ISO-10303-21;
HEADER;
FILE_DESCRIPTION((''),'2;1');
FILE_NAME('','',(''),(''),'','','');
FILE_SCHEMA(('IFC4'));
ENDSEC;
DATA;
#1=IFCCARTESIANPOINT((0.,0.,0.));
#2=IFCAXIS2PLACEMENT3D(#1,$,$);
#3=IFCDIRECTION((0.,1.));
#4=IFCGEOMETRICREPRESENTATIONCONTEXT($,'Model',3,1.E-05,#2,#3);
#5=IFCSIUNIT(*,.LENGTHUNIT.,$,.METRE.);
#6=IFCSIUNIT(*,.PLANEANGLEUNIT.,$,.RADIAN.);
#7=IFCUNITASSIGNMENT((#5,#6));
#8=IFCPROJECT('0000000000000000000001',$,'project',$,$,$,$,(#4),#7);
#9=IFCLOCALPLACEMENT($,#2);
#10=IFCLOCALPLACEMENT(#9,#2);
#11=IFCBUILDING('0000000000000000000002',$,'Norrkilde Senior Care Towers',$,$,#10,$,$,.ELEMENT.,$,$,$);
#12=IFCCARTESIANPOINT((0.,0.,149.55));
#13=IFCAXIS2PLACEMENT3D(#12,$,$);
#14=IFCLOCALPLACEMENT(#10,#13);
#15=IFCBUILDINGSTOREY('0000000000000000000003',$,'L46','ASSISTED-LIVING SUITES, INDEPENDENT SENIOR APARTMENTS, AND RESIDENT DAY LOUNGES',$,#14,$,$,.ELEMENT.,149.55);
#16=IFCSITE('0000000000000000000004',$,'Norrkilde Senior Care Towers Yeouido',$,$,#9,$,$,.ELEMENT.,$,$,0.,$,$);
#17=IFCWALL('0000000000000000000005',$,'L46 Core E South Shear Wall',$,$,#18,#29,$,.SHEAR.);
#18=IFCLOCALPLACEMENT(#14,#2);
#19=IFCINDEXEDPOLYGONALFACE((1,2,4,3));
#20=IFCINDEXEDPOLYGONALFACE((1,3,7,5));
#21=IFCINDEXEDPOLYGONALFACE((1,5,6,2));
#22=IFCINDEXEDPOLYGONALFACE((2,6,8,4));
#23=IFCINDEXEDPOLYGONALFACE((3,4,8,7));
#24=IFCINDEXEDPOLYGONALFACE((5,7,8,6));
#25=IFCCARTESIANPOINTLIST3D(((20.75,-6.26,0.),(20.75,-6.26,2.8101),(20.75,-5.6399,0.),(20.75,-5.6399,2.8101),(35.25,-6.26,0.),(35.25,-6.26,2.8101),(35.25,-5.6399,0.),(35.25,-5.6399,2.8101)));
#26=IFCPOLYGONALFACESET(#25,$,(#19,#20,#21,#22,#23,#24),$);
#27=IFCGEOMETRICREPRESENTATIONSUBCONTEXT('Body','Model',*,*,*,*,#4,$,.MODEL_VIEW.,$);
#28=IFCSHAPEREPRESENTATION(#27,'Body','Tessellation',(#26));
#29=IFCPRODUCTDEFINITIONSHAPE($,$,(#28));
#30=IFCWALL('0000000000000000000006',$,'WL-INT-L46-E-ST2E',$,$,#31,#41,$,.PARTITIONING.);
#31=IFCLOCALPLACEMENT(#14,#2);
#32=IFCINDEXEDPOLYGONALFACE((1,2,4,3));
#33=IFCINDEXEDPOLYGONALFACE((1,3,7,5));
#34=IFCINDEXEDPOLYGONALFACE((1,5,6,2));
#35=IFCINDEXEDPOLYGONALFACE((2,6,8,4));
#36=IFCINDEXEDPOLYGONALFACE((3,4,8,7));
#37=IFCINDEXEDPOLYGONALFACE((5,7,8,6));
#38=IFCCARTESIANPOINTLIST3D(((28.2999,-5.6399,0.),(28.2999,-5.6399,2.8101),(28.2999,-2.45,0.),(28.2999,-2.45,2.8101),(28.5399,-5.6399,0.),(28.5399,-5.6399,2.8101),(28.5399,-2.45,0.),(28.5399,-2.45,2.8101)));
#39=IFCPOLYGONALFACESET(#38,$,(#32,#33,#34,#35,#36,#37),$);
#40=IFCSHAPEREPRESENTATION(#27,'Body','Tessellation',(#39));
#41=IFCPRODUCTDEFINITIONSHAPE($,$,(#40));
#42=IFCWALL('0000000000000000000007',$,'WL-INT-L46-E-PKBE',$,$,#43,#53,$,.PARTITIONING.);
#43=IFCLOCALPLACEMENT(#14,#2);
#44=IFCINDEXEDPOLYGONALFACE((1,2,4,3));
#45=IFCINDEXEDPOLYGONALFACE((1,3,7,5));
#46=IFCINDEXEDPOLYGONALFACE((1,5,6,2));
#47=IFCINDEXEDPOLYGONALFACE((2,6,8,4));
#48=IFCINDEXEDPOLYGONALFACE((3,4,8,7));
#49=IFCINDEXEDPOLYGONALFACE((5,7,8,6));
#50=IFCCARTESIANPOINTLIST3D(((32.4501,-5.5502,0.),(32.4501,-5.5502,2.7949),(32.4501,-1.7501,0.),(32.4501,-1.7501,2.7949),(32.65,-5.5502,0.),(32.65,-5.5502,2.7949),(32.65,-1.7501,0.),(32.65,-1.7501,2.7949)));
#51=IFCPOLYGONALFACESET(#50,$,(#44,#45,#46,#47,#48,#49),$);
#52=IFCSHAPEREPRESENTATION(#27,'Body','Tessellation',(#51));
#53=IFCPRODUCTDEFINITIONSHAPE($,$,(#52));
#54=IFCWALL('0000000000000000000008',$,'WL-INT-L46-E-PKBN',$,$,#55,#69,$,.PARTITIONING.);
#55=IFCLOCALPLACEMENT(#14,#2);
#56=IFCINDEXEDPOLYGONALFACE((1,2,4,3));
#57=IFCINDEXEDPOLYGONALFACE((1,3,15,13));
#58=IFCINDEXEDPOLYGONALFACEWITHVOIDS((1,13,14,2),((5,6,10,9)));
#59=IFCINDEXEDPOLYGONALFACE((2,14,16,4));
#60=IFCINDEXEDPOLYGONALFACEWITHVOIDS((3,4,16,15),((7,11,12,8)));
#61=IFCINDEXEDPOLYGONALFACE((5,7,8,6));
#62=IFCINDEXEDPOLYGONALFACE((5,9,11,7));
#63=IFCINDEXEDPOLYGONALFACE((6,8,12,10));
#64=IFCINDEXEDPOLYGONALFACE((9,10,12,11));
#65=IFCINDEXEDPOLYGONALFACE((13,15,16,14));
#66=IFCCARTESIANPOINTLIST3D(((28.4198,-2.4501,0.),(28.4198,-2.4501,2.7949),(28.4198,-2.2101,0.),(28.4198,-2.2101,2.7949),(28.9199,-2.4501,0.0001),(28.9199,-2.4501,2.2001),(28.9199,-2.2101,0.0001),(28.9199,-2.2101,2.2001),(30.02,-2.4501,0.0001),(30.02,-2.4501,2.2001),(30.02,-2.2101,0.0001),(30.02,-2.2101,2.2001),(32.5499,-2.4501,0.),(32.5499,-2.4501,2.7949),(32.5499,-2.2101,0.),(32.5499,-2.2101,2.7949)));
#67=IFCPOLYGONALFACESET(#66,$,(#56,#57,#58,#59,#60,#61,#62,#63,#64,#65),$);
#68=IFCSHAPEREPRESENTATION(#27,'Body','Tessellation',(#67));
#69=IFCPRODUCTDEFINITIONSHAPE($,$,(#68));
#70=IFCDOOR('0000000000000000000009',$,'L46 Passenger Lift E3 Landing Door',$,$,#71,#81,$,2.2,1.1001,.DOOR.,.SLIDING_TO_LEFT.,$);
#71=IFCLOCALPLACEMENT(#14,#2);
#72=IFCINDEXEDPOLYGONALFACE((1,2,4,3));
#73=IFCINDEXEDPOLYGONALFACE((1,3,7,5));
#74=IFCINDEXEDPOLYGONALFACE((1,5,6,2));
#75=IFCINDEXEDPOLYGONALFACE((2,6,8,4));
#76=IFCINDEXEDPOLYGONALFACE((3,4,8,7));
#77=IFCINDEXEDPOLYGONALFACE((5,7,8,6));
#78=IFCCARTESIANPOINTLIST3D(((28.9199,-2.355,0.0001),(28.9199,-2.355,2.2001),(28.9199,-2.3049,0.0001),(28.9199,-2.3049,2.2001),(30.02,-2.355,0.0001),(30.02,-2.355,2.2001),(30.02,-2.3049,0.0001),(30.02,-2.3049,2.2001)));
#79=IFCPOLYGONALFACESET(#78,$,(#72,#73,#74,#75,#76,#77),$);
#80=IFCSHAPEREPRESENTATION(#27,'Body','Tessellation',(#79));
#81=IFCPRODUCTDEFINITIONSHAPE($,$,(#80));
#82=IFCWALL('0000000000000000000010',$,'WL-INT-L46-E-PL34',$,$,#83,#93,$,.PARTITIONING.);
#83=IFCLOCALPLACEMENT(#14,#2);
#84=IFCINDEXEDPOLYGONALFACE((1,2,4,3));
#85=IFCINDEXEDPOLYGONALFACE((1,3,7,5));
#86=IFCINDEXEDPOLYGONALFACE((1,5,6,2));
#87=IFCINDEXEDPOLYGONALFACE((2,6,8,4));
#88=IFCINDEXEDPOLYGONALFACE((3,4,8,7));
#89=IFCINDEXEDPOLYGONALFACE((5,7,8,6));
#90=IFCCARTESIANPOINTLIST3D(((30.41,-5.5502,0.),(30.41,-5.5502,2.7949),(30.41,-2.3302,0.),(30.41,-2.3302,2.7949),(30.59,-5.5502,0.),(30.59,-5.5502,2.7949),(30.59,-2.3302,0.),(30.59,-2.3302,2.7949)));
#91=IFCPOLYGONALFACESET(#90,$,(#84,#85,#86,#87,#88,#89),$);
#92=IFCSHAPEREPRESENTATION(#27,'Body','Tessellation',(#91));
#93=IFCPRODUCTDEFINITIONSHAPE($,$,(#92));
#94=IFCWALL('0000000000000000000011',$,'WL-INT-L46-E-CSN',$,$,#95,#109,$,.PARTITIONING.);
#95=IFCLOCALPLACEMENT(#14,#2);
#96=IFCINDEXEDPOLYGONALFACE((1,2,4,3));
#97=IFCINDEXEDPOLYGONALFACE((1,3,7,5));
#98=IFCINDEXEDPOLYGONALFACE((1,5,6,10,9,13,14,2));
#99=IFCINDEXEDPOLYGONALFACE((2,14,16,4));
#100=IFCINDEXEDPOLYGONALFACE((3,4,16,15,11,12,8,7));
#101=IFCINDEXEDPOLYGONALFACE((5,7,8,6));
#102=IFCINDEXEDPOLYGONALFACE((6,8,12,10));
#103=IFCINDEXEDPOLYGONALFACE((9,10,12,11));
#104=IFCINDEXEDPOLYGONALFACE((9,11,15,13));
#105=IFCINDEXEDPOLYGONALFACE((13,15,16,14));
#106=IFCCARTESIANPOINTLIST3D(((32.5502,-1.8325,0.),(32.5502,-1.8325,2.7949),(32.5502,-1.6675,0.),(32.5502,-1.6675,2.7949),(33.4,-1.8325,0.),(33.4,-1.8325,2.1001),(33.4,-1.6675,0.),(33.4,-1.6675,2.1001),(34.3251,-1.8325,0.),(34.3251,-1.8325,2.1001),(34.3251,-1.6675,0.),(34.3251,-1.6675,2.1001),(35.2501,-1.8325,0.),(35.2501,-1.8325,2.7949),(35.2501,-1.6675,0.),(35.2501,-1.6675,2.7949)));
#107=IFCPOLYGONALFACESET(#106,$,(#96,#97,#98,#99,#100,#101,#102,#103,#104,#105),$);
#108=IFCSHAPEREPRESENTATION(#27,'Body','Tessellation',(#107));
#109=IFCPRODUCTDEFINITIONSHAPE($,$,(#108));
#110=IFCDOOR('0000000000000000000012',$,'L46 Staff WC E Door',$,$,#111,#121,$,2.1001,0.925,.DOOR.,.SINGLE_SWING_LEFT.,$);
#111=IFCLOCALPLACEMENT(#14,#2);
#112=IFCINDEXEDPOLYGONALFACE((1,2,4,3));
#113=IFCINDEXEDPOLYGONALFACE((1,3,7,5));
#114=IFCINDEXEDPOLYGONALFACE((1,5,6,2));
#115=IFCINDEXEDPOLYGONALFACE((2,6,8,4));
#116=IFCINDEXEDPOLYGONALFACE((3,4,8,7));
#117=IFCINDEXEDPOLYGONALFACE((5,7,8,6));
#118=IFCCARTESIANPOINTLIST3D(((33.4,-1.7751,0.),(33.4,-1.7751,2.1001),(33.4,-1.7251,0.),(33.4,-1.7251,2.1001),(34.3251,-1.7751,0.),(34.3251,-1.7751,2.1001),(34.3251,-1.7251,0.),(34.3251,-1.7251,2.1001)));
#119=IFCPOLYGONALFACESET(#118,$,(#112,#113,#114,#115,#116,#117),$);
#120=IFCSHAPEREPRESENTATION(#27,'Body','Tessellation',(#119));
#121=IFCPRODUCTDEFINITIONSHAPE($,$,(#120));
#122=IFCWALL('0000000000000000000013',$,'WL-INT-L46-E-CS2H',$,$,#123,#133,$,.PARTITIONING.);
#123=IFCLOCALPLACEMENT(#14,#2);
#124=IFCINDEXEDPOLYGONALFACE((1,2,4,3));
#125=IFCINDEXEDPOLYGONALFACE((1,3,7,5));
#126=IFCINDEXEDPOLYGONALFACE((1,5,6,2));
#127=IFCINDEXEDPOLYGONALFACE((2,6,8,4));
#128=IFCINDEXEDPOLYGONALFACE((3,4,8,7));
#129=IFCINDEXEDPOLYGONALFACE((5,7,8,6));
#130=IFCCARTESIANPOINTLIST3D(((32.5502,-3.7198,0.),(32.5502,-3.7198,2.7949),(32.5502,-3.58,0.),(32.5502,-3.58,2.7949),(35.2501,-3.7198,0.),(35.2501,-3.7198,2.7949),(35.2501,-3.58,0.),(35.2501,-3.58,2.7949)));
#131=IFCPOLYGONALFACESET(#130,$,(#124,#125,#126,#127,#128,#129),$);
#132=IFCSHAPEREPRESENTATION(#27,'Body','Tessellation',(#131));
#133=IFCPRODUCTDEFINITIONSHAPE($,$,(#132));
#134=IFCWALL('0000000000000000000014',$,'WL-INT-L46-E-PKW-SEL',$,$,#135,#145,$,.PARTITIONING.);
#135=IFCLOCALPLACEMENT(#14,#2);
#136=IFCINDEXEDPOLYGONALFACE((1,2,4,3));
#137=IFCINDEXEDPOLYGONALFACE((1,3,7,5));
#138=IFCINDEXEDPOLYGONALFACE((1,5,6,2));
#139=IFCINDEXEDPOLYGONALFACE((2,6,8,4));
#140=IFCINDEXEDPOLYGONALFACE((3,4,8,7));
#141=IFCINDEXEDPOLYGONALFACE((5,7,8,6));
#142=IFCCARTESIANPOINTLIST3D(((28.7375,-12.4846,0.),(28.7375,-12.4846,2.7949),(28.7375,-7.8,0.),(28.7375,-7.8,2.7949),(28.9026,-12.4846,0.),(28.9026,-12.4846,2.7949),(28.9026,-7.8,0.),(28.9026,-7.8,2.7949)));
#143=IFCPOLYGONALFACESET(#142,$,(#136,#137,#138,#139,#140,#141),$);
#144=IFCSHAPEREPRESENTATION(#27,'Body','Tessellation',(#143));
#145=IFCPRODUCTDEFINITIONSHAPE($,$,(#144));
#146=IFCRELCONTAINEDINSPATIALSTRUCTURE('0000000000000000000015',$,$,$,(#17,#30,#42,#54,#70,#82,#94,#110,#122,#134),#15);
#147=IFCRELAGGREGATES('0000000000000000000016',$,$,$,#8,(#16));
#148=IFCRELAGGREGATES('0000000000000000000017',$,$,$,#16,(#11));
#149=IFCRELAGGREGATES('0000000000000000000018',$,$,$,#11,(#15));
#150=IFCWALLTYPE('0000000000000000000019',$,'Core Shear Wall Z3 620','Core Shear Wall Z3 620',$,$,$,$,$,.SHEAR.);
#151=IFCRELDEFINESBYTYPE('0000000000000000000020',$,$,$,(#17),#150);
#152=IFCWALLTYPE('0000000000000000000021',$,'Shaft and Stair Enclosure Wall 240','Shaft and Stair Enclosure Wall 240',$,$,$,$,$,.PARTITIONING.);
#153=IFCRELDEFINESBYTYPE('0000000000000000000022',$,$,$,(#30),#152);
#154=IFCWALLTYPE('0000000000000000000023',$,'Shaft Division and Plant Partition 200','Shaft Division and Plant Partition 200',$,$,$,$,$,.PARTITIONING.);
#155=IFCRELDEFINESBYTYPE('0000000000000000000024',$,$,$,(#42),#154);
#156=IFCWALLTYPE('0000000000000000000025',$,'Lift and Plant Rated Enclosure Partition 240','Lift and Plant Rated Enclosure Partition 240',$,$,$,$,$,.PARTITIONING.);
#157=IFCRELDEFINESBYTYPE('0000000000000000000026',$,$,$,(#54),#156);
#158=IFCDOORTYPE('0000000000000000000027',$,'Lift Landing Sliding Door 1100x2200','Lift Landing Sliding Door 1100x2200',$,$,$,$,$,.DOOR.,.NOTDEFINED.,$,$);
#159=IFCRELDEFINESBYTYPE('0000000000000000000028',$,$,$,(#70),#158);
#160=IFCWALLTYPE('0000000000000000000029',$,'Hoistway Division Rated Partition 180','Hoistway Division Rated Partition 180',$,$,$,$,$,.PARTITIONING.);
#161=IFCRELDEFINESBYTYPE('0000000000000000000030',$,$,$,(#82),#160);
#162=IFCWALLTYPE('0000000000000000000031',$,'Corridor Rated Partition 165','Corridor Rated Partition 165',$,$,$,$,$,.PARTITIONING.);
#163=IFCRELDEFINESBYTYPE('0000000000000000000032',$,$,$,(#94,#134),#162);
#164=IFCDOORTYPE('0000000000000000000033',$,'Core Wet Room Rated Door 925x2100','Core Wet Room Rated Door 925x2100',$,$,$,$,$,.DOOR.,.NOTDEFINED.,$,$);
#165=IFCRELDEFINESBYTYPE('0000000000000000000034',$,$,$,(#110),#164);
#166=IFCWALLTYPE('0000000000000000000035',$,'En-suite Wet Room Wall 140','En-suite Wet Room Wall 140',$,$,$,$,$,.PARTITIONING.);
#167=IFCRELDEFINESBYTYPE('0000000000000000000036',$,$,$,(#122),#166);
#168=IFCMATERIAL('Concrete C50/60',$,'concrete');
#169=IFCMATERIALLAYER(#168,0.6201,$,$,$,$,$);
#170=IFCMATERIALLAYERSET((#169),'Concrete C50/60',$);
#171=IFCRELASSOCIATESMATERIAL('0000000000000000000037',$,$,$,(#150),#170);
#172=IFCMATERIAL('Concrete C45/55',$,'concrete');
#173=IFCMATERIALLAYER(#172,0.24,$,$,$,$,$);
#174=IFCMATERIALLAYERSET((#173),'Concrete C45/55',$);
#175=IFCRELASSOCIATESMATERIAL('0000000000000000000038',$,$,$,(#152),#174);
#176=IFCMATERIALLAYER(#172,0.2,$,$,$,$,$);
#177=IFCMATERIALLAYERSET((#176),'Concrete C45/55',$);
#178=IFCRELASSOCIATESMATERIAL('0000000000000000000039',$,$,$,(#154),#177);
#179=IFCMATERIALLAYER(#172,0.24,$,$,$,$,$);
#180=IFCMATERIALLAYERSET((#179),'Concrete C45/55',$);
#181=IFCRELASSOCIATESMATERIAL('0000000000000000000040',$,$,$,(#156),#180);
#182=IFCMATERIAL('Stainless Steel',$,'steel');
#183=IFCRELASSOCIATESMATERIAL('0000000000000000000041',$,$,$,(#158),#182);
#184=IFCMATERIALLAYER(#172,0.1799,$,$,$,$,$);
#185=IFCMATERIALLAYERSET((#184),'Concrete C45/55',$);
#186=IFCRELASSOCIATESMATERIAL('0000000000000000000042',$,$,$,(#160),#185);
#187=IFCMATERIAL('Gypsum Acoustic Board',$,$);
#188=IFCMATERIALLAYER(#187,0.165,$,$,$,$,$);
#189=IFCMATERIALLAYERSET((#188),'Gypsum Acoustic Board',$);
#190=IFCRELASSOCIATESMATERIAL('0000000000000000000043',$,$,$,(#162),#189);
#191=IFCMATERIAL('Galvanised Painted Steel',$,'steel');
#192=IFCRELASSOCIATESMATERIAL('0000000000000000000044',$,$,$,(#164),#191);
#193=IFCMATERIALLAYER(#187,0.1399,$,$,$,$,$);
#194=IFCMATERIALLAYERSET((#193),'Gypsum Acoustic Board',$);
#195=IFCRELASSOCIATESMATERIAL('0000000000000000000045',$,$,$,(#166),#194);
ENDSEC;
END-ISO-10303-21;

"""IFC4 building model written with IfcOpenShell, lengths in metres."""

from ifc_helpers import new_model, si_unit, direction, frame, frame_2d, origin, place, context, subcontext, project, spatial, rectangle, extrude, source, transform, mapped, material, layer, layer_set, type_object, type_shapes, element, fill, save


model = new_model("IFC4")

# Units and contexts
model_context = context("Model", 3, precision=1e-05, world=origin(), true_north=direction((0.0, 1.0)))
body_context = subcontext(model_context, "Body", "Model", "MODEL_VIEW")
ifc_project = project(units=[si_unit("LENGTHUNIT", "METRE"), si_unit("PLANEANGLEUNIT", "RADIAN")], contexts=[model_context])

# Site, building, storey
site_placement = place(None, origin())
site = spatial("IfcSite", under=ifc_project, at=site_placement, Name="Norrkilde Senior Care Towers Yeouido", CompositionType="ELEMENT", RefElevation=0.0)
building_placement = place(site_placement, origin())
building = spatial("IfcBuilding", under=site, at=building_placement, Name="Norrkilde Senior Care Towers", CompositionType="ELEMENT")
storey_placement = place(building_placement, frame((0.0, 0.0, 149.55)))
storey = spatial("IfcBuildingStorey", under=building, at=storey_placement, Name="L46", Description="ASSISTED-LIVING SUITES, INDEPENDENT SENIOR APARTMENTS, AND RESIDENT DAY LOUNGES", CompositionType="ELEMENT", Elevation=149.55)

# Shared definitions
ifc_material_1 = material(Name="Concrete C50/60", Category="concrete")

# Walls
ifc_layer_1 = layer(ifc_material_1, 0.6201)
ifc_layer_set_1 = layer_set([ifc_layer_1], Name="Concrete C50/60")
wall_type_1 = type_object("IfcWallType", Name="Core Shear Wall Z3 620", Description="Core Shear Wall Z3 620", PredefinedType="SHEAR", material=ifc_layer_set_1)
shared_shape_1 = source(origin(), body_context, "Body", "SweptSolid", [
    extrude(rectangle(XDim=14.5, YDim=0.6201, at=frame_2d((7.25, 0.0))), origin(), (0.0, 0.0, 1.0), 2.8101),
])
type_shapes(wall_type_1, [shared_shape_1])
wall_1_placement = place(storey_placement, frame((35.25, -5.95, 0.0), z_axis=(0.0, 0.0, 1.0), x_axis=(-1.0, 0.0, 0.0)))
element("IfcWall", 1, at=wall_1_placement, inside=storey, type_object=wall_type_1, Name="L46 Core E South Shear Wall", PredefinedType="SHEAR", context=body_context, shape_type="MappedRepresentation", body=[
    mapped(shared_shape_1, transform((0.0, 0.0, 0.0), x_axis=(1.0, 0.0, 0.0), y_axis=(0.0, 1.0, 0.0), z_axis=(0.0, 0.0, 1.0), scale=1.0)),
])
ifc_material_2 = material(Name="Concrete C45/55", Category="concrete")
ifc_layer_2 = layer(ifc_material_2, 0.24)
ifc_layer_set_2 = layer_set([ifc_layer_2], Name="Concrete C45/55")
wall_type_2 = type_object("IfcWallType", Name="Shaft and Stair Enclosure Wall 240", Description="Shaft and Stair Enclosure Wall 240", PredefinedType="PARTITIONING", material=ifc_layer_set_2)
shared_shape_2 = source(origin(), body_context, "Body", "SweptSolid", [
    extrude(rectangle(XDim=3.1899, YDim=0.24, at=frame_2d((1.595, 0.0))), origin(), (0.0, 0.0, 1.0), 2.8101),
])
type_shapes(wall_type_2, [shared_shape_2])
wall_2_placement = place(storey_placement, frame((28.4199, -5.6399, 0.0), z_axis=(0.0, 0.0, 1.0), x_axis=(0.0, 1.0, 0.0)))
element("IfcWall", 2, at=wall_2_placement, inside=storey, type_object=wall_type_2, Name="WL-INT-L46-E-ST2E", PredefinedType="PARTITIONING", context=body_context, shape_type="MappedRepresentation", body=[
    mapped(shared_shape_2, transform((0.0, 0.0, 0.0), x_axis=(1.0, 0.0, 0.0), y_axis=(0.0, 1.0, 0.0), z_axis=(0.0, 0.0, 1.0), scale=1.0)),
])
ifc_layer_3 = layer(ifc_material_2, 0.2)
ifc_layer_set_3 = layer_set([ifc_layer_3], Name="Concrete C45/55")
wall_type_3 = type_object("IfcWallType", Name="Shaft Division and Plant Partition 200", Description="Shaft Division and Plant Partition 200", PredefinedType="PARTITIONING", material=ifc_layer_set_3)
shared_shape_3 = source(origin(), body_context, "Body", "SweptSolid", [
    extrude(rectangle(XDim=3.8, YDim=0.2, at=frame_2d((1.8999, 0.0))), origin(), (0.0, 0.0, 1.0), 2.7949),
])
type_shapes(wall_type_3, [shared_shape_3])
wall_3_placement = place(storey_placement, frame((32.55, -5.55, 0.0), z_axis=(0.0, 0.0, 1.0), x_axis=(0.0, 1.0, 0.0)))
element("IfcWall", 3, at=wall_3_placement, inside=storey, type_object=wall_type_3, Name="WL-INT-L46-E-PKBE", PredefinedType="PARTITIONING", context=body_context, shape_type="MappedRepresentation", body=[
    mapped(shared_shape_3, transform((0.0, 0.0, 0.0), x_axis=(1.0, 0.0, 0.0), y_axis=(0.0, 1.0, 0.0), z_axis=(0.0, 0.0, 1.0), scale=1.0)),
])

# Wall, opening, door
ifc_layer_4 = layer(ifc_material_2, 0.24)
ifc_layer_set_4 = layer_set([ifc_layer_4], Name="Concrete C45/55")
wall_type_4 = type_object("IfcWallType", Name="Lift and Plant Rated Enclosure Partition 240", Description="Lift and Plant Rated Enclosure Partition 240", PredefinedType="PARTITIONING", material=ifc_layer_set_4)
shared_shape_4 = source(origin(), body_context, "Body", "SweptSolid", [
    extrude(rectangle(XDim=4.1301, YDim=0.24, at=frame_2d((2.0649, 0.0))), origin(), (0.0, 0.0, 1.0), 2.7949),
])
type_shapes(wall_type_4, [shared_shape_4])
wall_4_placement = place(storey_placement, frame((28.4199, -2.3301, 0.0), z_axis=(0.0, 0.0, 1.0), x_axis=(1.0, 0.0, 0.0)))
wall_4 = element("IfcWall", 4, at=wall_4_placement, inside=storey, type_object=wall_type_4, Name="WL-INT-L46-E-PKBN", PredefinedType="PARTITIONING", context=body_context, shape_type="MappedRepresentation", body=[
    mapped(shared_shape_4, transform((0.0, 0.0, 0.0), x_axis=(1.0, 0.0, 0.0), y_axis=(0.0, 1.0, 0.0), z_axis=(0.0, 0.0, 1.0), scale=1.0)),
])
opening_1_placement = place(wall_4_placement, frame((0.5, 0.0, 0.0)))
opening_1 = element("IfcOpeningElement", 5, at=opening_1_placement, cuts=wall_4, PredefinedType="OPENING", context=body_context, shape_type="SweptSolid", body=[
    extrude(rectangle(XDim=1.1001, YDim=2.2, at=frame_2d((0.55, 1.1001))), frame((0.0, 0.1299, 0.0), z_axis=(0.0, -1.0, 0.0), x_axis=(1.0, 0.0, 0.0)), (0.0, 0.0, 1.0), 0.26),
])
ifc_material_3 = material(Name="Stainless Steel", Category="steel")
door_type_1 = type_object("IfcDoorType", Name="Lift Landing Sliding Door 1100x2200", Description="Lift Landing Sliding Door 1100x2200", OperationType="NOTDEFINED", PredefinedType="DOOR", material=ifc_material_3)
shared_shape_5 = source(origin(), body_context, "Body", "SweptSolid", [
    extrude(rectangle(XDim=1.1001, YDim=2.2, at=frame_2d((0.55, 1.1001))), frame((0.0, 0.0249, 0.0), z_axis=(0.0, -1.0, 0.0), x_axis=(1.0, 0.0, 0.0)), (0.0, 0.0, 1.0), 0.05),
])
type_shapes(door_type_1, [shared_shape_5])
door_1_placement = place(opening_1_placement, frame((1.1001, 0.0, 0.0), z_axis=(0.0, 0.0, 1.0), x_axis=(-1.0, 0.0, 0.0)))
door_1 = element("IfcDoor", 6, at=door_1_placement, inside=storey, type_object=door_type_1, Name="L46 Passenger Lift E3 Landing Door", OperationType="SLIDING_TO_LEFT", OverallHeight=2.2, OverallWidth=1.1001, PredefinedType="DOOR", context=body_context, shape_type="MappedRepresentation", body=[
    mapped(shared_shape_5, transform((0.0, 0.0, 0.0), x_axis=(1.0, 0.0, 0.0), y_axis=(0.0, 1.0, 0.0), z_axis=(0.0, 0.0, 1.0), scale=1.0)),
])
fill(opening_1, door_1)

# Wall
ifc_layer_5 = layer(ifc_material_2, 0.1799)
ifc_layer_set_5 = layer_set([ifc_layer_5], Name="Concrete C45/55")
wall_type_5 = type_object("IfcWallType", Name="Hoistway Division Rated Partition 180", Description="Hoistway Division Rated Partition 180", PredefinedType="PARTITIONING", material=ifc_layer_set_5)
shared_shape_6 = source(origin(), body_context, "Body", "SweptSolid", [
    extrude(rectangle(XDim=3.22, YDim=0.1799, at=frame_2d((1.6099, 0.0))), origin(), (0.0, 0.0, 1.0), 2.7949),
])
type_shapes(wall_type_5, [shared_shape_6])
wall_5_placement = place(storey_placement, frame((30.5, -5.55, 0.0), z_axis=(0.0, 0.0, 1.0), x_axis=(0.0, 1.0, 0.0)))
element("IfcWall", 7, at=wall_5_placement, inside=storey, type_object=wall_type_5, Name="WL-INT-L46-E-PL34", PredefinedType="PARTITIONING", context=body_context, shape_type="MappedRepresentation", body=[
    mapped(shared_shape_6, transform((0.0, 0.0, 0.0), x_axis=(1.0, 0.0, 0.0), y_axis=(0.0, 1.0, 0.0), z_axis=(0.0, 0.0, 1.0), scale=1.0)),
])

# Wall, opening, door
ifc_material_4 = material(Name="Gypsum Acoustic Board")
ifc_layer_6 = layer(ifc_material_4, 0.165)
ifc_layer_set_6 = layer_set([ifc_layer_6], Name="Gypsum Acoustic Board")
wall_type_6 = type_object("IfcWallType", Name="Corridor Rated Partition 165", Description="Corridor Rated Partition 165", PredefinedType="PARTITIONING", material=ifc_layer_set_6)
shared_shape_7 = source(origin(), body_context, "Body", "SweptSolid", [
    extrude(rectangle(XDim=2.7, YDim=0.165, at=frame_2d((1.3501, 0.0))), origin(), (0.0, 0.0, 1.0), 2.7949),
])
wall_6_placement = place(storey_placement, frame((32.55, -1.75, 0.0), z_axis=(0.0, 0.0, 1.0), x_axis=(1.0, 0.0, 0.0)))
wall_6 = element("IfcWall", 8, at=wall_6_placement, inside=storey, type_object=wall_type_6, Name="WL-INT-L46-E-CSN", PredefinedType="PARTITIONING", context=body_context, shape_type="MappedRepresentation", body=[
    mapped(shared_shape_7, transform((0.0, 0.0, 0.0), x_axis=(1.0, 0.0, 0.0), y_axis=(0.0, 1.0, 0.0), z_axis=(0.0, 0.0, 1.0), scale=1.0)),
])
opening_2_placement = place(wall_6_placement, frame((0.8501, 0.0, 0.0)))
opening_2 = element("IfcOpeningElement", 9, at=opening_2_placement, cuts=wall_6, PredefinedType="OPENING", context=body_context, shape_type="SweptSolid", body=[
    extrude(rectangle(XDim=0.925, YDim=2.1001, at=frame_2d((0.4624, 1.05))), frame((0.0, 0.0925, 0.0), z_axis=(0.0, -1.0, 0.0), x_axis=(1.0, 0.0, 0.0)), (0.0, 0.0, 1.0), 0.1851),
])
ifc_material_5 = material(Name="Galvanised Painted Steel", Category="steel")
door_type_2 = type_object("IfcDoorType", Name="Core Wet Room Rated Door 925x2100", Description="Core Wet Room Rated Door 925x2100", OperationType="NOTDEFINED", PredefinedType="DOOR", material=ifc_material_5)
shared_shape_8 = source(origin(), body_context, "Body", "SweptSolid", [
    extrude(rectangle(XDim=0.925, YDim=2.1001, at=frame_2d((0.4624, 1.05))), frame((0.0, 0.0249, 0.0), z_axis=(0.0, -1.0, 0.0), x_axis=(1.0, 0.0, 0.0)), (0.0, 0.0, 1.0), 0.05),
])
type_shapes(door_type_2, [shared_shape_8])
door_2_placement = place(opening_2_placement, origin())
door_2 = element("IfcDoor", 10, at=door_2_placement, inside=storey, type_object=door_type_2, Name="L46 Staff WC E Door", OperationType="SINGLE_SWING_LEFT", OverallHeight=2.1001, OverallWidth=0.925, PredefinedType="DOOR", context=body_context, shape_type="MappedRepresentation", body=[
    mapped(shared_shape_8, transform((0.0, 0.0, 0.0), x_axis=(1.0, 0.0, 0.0), y_axis=(0.0, 1.0, 0.0), z_axis=(0.0, 0.0, 1.0), scale=1.0)),
])
fill(opening_2, door_2)

# Wall
ifc_layer_7 = layer(ifc_material_4, 0.1399)
ifc_layer_set_7 = layer_set([ifc_layer_7], Name="Gypsum Acoustic Board")
wall_type_7 = type_object("IfcWallType", Name="En-suite Wet Room Wall 140", Description="En-suite Wet Room Wall 140", PredefinedType="PARTITIONING", material=ifc_layer_set_7)
shared_shape_9 = source(origin(), body_context, "Body", "SweptSolid", [
    extrude(rectangle(XDim=2.7, YDim=0.1399, at=frame_2d((1.3501, 0.0))), origin(), (0.0, 0.0, 1.0), 2.7949),
])
type_shapes(wall_type_7, [shared_shape_9])
wall_7_placement = place(storey_placement, frame((32.55, -3.6499, 0.0), z_axis=(0.0, 0.0, 1.0), x_axis=(1.0, 0.0, 0.0)))
element("IfcWall", 11, at=wall_7_placement, inside=storey, type_object=wall_type_7, Name="WL-INT-L46-E-CS2H", PredefinedType="PARTITIONING", context=body_context, shape_type="MappedRepresentation", body=[
    mapped(shared_shape_9, transform((0.0, 0.0, 0.0), x_axis=(1.0, 0.0, 0.0), y_axis=(0.0, 1.0, 0.0), z_axis=(0.0, 0.0, 1.0), scale=1.0)),
])

# Shared definitions
shared_shape_10 = source(origin(), body_context, "Body", "SweptSolid", [
    extrude(rectangle(XDim=4.6846, YDim=0.165, at=frame_2d((2.3423, 0.0))), origin(), (0.0, 0.0, 1.0), 2.7949),
])

# Wall
wall_8_placement = place(storey_placement, frame((28.8201, -12.4846, 0.0), z_axis=(0.0, 0.0, 1.0), x_axis=(0.0, 1.0, 0.0)))
element("IfcWall", 12, at=wall_8_placement, inside=storey, type_object=wall_type_6, Name="WL-INT-L46-E-PKW-SEL", PredefinedType="PARTITIONING", context=body_context, shape_type="MappedRepresentation", body=[
    mapped(shared_shape_10, transform((0.0, 0.0, 0.0), x_axis=(1.0, 0.0, 0.0), y_axis=(0.0, 1.0, 0.0), z_axis=(0.0, 0.0, 1.0), scale=1.0)),
])

save(model, "model.ifc")
